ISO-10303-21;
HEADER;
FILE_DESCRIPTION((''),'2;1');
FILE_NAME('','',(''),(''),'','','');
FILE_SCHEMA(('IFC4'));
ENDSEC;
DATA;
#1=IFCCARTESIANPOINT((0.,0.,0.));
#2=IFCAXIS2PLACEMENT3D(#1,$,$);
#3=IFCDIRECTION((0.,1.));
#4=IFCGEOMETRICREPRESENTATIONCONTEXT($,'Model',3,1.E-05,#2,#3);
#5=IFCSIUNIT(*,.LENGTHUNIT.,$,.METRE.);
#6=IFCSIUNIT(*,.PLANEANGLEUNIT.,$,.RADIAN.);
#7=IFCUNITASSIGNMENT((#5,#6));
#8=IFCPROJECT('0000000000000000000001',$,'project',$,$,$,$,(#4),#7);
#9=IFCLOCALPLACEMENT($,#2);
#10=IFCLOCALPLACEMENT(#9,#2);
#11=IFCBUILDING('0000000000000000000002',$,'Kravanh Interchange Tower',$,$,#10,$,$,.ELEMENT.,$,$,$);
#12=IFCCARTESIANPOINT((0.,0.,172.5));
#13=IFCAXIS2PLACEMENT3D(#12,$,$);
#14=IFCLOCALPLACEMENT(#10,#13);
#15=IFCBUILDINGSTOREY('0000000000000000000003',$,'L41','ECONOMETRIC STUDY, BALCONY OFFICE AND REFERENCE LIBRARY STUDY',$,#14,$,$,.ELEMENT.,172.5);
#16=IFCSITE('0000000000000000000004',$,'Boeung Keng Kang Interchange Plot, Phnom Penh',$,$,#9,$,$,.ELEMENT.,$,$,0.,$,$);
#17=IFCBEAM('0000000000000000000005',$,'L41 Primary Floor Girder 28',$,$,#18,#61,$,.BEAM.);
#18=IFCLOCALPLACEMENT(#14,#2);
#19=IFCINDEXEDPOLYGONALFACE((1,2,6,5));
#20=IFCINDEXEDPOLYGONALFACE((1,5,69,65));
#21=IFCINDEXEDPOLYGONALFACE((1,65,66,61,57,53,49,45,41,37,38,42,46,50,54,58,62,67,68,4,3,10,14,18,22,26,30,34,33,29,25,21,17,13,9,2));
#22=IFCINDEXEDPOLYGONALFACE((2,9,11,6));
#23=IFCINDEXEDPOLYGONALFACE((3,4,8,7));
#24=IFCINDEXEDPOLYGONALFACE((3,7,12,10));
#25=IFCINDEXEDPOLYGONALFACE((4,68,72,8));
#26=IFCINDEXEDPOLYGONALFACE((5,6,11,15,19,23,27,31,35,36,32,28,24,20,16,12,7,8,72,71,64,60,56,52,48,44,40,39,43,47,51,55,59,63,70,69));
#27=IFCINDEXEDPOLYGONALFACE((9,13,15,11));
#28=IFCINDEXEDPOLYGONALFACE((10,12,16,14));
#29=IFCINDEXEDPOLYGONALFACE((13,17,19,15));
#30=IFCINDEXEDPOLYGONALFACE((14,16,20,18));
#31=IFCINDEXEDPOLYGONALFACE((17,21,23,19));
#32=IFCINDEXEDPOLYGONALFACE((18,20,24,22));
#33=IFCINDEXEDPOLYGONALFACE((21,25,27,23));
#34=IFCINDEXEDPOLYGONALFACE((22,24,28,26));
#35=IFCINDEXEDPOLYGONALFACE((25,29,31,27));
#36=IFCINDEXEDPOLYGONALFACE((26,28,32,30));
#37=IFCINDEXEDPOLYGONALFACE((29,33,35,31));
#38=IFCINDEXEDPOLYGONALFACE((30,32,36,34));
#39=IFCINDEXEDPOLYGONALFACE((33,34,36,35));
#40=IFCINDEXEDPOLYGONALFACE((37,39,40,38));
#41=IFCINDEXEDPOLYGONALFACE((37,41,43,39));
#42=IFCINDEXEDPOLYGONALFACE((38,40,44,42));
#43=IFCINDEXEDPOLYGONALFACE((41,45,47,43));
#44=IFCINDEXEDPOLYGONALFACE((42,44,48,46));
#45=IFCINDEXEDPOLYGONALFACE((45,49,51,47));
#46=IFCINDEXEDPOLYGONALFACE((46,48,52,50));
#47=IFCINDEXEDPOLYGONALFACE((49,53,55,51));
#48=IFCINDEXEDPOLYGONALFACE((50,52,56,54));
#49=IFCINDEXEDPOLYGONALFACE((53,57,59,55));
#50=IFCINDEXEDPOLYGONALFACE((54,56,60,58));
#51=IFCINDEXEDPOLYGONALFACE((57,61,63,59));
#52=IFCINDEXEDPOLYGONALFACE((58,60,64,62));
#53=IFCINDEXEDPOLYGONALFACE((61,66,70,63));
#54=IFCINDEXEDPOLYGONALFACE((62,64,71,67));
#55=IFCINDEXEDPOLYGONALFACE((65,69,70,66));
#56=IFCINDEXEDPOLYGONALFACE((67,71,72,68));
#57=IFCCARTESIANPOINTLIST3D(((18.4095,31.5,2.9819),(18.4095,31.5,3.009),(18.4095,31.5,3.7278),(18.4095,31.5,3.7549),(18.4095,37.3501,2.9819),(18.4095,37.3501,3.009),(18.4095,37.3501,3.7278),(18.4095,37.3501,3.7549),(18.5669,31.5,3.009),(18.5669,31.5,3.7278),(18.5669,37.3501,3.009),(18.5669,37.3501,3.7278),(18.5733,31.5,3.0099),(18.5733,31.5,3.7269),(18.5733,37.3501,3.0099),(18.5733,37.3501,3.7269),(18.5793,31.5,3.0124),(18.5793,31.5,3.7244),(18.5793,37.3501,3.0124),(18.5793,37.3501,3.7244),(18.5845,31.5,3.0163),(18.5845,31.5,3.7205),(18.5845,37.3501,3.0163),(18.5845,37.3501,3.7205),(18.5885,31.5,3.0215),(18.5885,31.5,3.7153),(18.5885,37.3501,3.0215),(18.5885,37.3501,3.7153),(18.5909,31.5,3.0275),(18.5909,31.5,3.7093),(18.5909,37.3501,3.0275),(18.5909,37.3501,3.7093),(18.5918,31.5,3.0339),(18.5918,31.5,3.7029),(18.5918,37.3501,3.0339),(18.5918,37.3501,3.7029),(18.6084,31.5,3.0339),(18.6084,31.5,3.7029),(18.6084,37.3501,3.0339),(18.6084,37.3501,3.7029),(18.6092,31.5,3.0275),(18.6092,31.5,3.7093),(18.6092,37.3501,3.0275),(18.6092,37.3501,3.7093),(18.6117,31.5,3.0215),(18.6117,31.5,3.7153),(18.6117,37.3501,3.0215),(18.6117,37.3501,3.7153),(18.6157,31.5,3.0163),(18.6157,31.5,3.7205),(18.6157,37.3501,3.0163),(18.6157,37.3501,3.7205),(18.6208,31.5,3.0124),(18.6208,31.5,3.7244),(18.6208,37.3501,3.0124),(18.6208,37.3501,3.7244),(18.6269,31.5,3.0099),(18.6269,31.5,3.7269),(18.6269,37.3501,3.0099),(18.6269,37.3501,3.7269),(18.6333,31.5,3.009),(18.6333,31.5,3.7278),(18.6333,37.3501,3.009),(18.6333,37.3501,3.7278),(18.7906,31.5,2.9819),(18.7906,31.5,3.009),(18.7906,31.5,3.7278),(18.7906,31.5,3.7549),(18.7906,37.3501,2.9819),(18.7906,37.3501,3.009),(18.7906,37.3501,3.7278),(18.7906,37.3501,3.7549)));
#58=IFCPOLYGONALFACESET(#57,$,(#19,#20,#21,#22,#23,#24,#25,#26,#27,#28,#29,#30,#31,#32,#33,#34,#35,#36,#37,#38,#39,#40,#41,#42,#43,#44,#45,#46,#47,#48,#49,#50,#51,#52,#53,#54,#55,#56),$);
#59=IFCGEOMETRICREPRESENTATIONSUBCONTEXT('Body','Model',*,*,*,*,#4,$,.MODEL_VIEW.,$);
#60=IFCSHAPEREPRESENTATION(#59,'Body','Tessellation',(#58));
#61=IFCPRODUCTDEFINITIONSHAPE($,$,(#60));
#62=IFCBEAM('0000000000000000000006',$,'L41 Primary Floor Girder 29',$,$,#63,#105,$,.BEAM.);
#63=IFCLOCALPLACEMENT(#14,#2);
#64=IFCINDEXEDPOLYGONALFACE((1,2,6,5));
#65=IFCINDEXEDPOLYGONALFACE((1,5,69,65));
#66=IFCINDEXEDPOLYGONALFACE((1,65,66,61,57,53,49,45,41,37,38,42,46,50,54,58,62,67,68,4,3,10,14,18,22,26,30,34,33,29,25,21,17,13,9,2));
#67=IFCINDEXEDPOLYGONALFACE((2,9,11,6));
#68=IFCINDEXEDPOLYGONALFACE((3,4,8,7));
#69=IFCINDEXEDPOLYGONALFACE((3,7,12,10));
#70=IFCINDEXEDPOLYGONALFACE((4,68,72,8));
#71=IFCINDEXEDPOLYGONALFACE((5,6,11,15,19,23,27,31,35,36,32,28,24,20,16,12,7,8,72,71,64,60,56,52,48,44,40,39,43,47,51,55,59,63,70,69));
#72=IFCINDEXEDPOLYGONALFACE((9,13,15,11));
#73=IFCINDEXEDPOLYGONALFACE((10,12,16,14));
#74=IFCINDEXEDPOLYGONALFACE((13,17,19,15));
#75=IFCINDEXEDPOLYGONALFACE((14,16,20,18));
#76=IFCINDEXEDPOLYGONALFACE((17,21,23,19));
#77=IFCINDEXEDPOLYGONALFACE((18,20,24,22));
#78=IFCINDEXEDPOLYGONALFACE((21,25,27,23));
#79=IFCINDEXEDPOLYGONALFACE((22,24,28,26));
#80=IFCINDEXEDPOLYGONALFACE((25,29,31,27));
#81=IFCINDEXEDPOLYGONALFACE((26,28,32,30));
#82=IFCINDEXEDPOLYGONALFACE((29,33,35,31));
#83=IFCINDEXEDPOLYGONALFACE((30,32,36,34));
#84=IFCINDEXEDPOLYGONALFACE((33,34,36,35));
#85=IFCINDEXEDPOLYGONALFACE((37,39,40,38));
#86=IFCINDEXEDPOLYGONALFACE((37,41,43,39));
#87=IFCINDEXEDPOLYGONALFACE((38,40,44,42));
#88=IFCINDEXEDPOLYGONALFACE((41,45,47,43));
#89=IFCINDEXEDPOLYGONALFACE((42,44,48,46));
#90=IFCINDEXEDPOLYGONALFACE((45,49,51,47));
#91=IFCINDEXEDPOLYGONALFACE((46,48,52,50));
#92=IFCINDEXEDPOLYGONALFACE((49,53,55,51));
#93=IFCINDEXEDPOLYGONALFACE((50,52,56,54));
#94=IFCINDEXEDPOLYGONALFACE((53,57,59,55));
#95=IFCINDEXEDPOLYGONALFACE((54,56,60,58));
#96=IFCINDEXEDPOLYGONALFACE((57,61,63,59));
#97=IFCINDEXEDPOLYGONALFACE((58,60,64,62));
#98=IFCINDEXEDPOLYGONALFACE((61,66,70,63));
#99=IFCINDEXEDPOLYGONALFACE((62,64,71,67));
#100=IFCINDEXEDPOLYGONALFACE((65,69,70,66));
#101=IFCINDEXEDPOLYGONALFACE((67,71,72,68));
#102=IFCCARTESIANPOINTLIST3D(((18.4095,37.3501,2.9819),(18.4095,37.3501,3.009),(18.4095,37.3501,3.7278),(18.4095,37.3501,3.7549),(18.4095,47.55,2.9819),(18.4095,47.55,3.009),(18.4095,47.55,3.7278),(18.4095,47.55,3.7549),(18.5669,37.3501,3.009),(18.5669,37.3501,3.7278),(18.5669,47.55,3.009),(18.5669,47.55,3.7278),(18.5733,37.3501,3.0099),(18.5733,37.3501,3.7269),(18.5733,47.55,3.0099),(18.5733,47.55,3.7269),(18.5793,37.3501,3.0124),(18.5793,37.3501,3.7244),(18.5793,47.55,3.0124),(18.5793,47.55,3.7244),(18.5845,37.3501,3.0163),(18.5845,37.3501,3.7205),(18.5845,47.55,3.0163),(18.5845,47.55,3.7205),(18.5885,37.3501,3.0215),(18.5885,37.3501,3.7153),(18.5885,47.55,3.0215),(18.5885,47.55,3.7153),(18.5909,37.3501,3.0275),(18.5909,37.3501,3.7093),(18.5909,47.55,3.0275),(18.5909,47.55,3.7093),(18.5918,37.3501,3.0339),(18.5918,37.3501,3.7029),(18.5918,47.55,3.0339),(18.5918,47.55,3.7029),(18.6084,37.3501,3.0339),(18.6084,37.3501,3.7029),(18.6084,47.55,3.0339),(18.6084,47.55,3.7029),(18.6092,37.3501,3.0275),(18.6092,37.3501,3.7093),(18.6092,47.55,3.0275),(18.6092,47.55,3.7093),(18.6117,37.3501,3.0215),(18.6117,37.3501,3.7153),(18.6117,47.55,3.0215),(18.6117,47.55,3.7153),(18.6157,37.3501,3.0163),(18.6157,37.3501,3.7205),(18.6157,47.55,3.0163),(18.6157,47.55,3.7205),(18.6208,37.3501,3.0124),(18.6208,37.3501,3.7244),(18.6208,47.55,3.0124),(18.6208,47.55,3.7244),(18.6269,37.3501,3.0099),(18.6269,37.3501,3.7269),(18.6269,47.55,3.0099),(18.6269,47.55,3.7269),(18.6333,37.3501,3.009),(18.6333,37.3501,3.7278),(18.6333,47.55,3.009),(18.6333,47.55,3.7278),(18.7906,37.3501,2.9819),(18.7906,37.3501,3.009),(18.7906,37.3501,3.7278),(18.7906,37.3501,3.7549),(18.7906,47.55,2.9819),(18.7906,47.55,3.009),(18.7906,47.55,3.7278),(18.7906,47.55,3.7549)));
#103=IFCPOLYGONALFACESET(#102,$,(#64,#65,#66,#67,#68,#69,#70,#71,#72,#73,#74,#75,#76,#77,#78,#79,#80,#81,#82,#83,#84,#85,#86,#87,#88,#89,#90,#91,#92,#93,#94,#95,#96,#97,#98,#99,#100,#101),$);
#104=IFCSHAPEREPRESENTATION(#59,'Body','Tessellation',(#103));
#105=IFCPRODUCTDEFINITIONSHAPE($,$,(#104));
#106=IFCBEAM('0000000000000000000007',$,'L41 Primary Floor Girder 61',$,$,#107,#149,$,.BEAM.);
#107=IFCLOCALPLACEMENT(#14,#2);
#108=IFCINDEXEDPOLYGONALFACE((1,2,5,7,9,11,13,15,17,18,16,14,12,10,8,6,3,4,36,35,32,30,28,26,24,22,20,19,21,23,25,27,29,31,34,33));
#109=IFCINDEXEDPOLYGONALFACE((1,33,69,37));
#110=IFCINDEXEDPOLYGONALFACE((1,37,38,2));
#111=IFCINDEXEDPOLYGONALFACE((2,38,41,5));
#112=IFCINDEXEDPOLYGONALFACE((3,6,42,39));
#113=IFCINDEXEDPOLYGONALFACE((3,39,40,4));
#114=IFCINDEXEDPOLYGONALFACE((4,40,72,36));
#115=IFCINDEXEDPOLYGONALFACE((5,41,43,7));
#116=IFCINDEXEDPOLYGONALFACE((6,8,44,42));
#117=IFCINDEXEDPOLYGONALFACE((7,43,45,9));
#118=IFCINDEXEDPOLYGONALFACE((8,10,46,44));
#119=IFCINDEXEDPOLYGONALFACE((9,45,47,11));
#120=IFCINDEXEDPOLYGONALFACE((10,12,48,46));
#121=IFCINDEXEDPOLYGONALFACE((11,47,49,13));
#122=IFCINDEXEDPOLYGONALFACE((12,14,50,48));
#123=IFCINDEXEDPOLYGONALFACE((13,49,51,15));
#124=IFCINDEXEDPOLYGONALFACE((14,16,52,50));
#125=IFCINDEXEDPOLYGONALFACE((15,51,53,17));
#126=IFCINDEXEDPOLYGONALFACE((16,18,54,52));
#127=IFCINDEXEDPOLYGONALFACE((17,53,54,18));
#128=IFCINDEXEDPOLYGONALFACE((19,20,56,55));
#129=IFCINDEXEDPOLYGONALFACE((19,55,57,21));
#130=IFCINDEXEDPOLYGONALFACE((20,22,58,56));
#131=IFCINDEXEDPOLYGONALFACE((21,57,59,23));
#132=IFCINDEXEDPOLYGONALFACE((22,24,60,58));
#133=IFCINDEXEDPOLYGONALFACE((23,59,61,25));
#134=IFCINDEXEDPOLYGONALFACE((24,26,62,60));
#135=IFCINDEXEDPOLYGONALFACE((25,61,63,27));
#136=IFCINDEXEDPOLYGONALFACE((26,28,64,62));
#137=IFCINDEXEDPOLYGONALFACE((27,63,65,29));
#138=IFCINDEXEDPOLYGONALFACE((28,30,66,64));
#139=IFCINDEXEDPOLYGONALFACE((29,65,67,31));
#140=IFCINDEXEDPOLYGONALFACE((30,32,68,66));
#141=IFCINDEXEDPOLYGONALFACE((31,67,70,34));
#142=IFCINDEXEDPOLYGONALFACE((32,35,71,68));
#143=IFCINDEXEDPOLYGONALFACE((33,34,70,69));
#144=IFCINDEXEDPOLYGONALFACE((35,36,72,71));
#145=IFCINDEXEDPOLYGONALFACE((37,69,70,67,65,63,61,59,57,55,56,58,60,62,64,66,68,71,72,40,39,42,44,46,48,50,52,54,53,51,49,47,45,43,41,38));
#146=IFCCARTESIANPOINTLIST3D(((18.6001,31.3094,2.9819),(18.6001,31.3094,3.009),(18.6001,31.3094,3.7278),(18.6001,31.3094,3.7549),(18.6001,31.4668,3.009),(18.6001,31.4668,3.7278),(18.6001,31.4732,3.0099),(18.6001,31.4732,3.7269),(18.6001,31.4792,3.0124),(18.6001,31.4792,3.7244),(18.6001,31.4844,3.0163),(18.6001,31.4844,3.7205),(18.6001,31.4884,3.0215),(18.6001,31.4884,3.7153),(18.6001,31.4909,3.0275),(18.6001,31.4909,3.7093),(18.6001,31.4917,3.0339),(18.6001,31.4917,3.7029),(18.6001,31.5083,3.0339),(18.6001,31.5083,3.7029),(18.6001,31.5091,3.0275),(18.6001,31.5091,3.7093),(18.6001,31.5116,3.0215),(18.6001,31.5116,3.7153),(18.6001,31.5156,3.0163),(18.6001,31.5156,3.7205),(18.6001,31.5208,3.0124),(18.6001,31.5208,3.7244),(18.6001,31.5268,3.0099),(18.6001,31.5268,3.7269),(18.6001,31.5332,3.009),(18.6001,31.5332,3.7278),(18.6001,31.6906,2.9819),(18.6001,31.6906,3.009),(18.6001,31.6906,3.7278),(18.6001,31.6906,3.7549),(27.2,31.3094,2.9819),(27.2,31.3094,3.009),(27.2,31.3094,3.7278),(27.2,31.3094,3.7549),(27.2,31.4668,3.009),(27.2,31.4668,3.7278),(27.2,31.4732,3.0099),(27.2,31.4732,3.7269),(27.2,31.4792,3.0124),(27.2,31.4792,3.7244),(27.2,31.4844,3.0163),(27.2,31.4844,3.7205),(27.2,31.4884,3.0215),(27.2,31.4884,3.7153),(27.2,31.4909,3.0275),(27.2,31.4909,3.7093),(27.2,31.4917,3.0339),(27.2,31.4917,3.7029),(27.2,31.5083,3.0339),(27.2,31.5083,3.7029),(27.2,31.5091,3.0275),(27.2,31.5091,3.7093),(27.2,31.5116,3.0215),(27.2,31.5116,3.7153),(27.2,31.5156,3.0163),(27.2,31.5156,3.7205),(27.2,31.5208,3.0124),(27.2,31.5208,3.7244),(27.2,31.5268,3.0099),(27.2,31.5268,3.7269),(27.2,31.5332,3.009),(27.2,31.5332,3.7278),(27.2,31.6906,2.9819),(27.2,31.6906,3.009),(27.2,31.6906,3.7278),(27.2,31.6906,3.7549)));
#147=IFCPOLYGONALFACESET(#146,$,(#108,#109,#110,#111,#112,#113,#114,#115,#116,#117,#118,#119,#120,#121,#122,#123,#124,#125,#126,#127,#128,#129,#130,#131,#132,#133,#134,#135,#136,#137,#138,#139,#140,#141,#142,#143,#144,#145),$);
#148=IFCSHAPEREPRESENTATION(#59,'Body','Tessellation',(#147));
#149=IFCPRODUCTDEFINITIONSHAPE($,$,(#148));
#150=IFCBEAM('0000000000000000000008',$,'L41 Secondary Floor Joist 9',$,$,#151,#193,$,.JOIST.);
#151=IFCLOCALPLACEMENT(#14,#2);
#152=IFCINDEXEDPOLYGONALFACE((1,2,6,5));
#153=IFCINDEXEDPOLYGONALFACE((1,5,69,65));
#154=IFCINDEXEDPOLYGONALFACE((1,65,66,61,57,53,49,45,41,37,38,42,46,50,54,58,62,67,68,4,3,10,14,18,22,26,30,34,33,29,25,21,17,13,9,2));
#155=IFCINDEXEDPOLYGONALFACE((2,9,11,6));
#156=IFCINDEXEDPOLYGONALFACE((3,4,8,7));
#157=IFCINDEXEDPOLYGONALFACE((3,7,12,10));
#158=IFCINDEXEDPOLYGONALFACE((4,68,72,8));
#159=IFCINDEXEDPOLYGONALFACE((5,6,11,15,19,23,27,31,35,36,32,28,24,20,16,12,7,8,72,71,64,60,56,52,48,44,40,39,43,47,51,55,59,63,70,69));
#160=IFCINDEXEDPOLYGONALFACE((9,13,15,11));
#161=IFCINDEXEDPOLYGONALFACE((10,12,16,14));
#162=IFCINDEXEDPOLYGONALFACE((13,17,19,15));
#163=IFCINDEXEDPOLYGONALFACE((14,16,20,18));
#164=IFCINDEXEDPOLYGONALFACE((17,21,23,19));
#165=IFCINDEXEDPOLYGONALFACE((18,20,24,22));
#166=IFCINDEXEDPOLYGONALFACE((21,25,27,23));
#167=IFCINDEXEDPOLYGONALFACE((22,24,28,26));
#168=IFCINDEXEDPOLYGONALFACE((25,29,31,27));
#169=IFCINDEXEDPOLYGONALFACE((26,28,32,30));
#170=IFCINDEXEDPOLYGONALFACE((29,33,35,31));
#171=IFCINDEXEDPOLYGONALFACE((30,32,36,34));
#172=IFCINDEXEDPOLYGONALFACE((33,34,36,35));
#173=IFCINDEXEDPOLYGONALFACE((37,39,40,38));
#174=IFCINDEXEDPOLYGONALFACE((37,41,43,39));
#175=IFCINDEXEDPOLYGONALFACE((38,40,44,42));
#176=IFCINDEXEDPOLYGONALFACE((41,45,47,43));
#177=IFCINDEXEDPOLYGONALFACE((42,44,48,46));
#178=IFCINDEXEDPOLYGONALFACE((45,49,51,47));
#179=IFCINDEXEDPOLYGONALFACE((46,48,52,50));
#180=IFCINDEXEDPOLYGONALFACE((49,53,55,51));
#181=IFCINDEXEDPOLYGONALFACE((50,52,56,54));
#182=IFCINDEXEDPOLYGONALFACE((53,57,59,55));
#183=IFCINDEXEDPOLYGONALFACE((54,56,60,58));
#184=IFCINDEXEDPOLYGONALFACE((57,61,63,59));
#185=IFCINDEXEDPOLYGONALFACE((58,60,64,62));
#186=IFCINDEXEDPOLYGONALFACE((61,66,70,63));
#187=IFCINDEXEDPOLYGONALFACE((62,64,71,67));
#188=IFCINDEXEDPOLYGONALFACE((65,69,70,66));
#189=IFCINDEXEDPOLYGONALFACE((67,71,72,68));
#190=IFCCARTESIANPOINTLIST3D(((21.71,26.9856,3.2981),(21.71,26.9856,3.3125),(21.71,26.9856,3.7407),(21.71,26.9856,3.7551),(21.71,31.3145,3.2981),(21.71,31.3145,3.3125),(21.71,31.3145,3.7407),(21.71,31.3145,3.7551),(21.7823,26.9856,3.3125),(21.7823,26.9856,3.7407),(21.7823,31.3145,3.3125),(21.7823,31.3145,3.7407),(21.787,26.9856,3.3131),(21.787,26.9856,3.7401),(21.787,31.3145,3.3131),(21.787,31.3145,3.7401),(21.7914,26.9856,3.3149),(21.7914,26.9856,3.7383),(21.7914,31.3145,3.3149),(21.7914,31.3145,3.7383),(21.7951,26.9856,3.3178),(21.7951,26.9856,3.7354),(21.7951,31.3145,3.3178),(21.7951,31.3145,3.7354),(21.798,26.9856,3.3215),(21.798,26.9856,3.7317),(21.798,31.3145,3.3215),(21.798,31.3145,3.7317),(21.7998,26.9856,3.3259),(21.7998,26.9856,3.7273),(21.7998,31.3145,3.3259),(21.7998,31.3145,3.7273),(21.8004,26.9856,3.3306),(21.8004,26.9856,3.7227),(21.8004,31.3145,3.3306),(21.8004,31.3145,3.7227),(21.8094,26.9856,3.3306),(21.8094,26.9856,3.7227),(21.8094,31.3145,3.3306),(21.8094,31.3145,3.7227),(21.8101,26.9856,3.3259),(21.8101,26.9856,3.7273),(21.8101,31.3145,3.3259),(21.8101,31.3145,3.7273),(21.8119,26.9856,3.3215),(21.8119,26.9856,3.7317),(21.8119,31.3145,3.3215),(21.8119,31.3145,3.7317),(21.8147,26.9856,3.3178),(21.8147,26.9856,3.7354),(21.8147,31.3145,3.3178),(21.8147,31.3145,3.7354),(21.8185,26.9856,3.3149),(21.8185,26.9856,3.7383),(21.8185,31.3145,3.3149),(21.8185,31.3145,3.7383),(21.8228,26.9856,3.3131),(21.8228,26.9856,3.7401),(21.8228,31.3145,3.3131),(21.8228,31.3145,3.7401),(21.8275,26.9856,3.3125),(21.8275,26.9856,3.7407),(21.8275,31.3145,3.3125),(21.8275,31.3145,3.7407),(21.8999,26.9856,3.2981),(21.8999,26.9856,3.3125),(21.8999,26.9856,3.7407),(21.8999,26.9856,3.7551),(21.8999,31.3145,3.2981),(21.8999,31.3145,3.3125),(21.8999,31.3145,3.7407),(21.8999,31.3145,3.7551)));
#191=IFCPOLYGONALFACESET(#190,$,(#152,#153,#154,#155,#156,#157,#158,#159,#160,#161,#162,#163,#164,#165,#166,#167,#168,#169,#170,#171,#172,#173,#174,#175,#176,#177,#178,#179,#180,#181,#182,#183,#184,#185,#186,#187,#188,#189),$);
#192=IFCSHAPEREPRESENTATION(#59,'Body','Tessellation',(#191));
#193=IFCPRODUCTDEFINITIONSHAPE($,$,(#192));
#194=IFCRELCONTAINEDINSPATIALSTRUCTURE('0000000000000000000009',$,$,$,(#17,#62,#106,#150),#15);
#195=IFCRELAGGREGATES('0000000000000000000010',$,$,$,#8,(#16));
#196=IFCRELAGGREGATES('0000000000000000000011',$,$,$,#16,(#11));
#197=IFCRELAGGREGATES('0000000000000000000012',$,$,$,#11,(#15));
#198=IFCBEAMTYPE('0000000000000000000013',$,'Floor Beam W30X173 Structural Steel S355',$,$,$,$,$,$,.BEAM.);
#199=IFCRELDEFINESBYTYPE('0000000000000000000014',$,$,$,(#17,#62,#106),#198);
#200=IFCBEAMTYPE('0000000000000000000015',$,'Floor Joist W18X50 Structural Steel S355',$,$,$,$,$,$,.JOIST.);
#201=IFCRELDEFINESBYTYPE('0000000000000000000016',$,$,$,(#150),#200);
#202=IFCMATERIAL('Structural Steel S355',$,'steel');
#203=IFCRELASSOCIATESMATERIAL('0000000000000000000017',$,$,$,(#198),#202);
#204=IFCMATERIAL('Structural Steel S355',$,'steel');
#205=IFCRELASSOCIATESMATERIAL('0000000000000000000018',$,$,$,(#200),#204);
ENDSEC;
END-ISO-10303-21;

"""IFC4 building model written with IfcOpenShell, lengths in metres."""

from ifc_helpers import new_model, si_unit, direction, frame, origin, origin_2d, place, context, subcontext, project, spatial, i_section, extrude, material, material_profile, profile_set, type_object, element, save


model = new_model("IFC4")

# Units and contexts
model_context = context("Model", 3, precision=1e-05, world=origin(), true_north=direction((0.0, 1.0)))
body_context = subcontext(model_context, "Body", "Model", "MODEL_VIEW")
ifc_project = project(units=[si_unit("LENGTHUNIT", "METRE"), si_unit("PLANEANGLEUNIT", "RADIAN")], contexts=[model_context])

# Site, building, storey
site_placement = place(None, origin())
site = spatial("IfcSite", under=ifc_project, at=site_placement, Name="Boeung Keng Kang Interchange Plot, Phnom Penh", CompositionType="ELEMENT", RefElevation=0.0)
building_placement = place(site_placement, origin())
building = spatial("IfcBuilding", under=site, at=building_placement, Name="Kravanh Interchange Tower", CompositionType="ELEMENT")
storey_placement = place(building_placement, frame((0.0, 0.0, 172.5)))
storey = spatial("IfcBuildingStorey", under=building, at=storey_placement, Name="L41", Description="ECONOMETRIC STUDY, BALCONY OFFICE AND REFERENCE LIBRARY STUDY", CompositionType="ELEMENT", Elevation=172.5)

# Beams
ifc_material_1 = material(Name="Structural Steel S355", Category="steel")
ifc_material_profile_1 = material_profile(ifc_material_1, i_section(OverallWidth=0.3811, OverallDepth=0.7729, WebThickness=0.0166, FlangeThickness=0.0271, FilletRadius=0.0249, at=origin_2d()), Name="W30X173")
ifc_profile_set_1 = profile_set([ifc_material_profile_1], Name="Structural Steel S355")
beam_type_1 = type_object("IfcBeamType", Name="Floor Beam W30X173 Structural Steel S355", PredefinedType="BEAM", material=ifc_profile_set_1)
beam_1_placement = place(storey_placement, frame((18.6001, 37.3501, 3.3684), z_axis=(0.0, -1.0, 0.0), x_axis=(1.0, 0.0, 0.0)))
element("IfcBeam", 1, at=beam_1_placement, inside=storey, type_object=beam_type_1, Name="L41 Primary Floor Girder 28", PredefinedType="BEAM", context=body_context, shape_type="SweptSolid", body=[
    extrude(i_section(OverallWidth=0.3811, OverallDepth=0.7729, WebThickness=0.0166, FlangeThickness=0.0271, FilletRadius=0.0249, at=origin_2d()), origin(), (0.0, 0.0, 1.0), 5.8501),
])
beam_2_placement = place(storey_placement, frame((18.6001, 37.3501, 3.3684), z_axis=(0.0, 1.0, 0.0), x_axis=(-1.0, 0.0, 0.0)))
element("IfcBeam", 2, at=beam_2_placement, inside=storey, type_object=beam_type_1, Name="L41 Primary Floor Girder 29", PredefinedType="BEAM", context=body_context, shape_type="SweptSolid", body=[
    extrude(i_section(OverallWidth=0.3811, OverallDepth=0.7729, WebThickness=0.0166, FlangeThickness=0.0271, FilletRadius=0.0249, at=origin_2d()), origin(), (0.0, 0.0, 1.0), 10.2),
])
beam_3_placement = place(storey_placement, frame((18.6001, 31.5, 3.3684), z_axis=(1.0, 0.0, 0.0), x_axis=(0.0, 1.0, 0.0)))
element("IfcBeam", 3, at=beam_3_placement, inside=storey, type_object=beam_type_1, Name="L41 Primary Floor Girder 61", PredefinedType="BEAM", context=body_context, shape_type="SweptSolid", body=[
    extrude(i_section(OverallWidth=0.3811, OverallDepth=0.7729, WebThickness=0.0166, FlangeThickness=0.0271, FilletRadius=0.0249, at=origin_2d()), origin(), (0.0, 0.0, 1.0), 8.5999),
])
ifc_material_2 = material(Name="Structural Steel S355", Category="steel")
ifc_material_profile_2 = material_profile(ifc_material_2, i_section(OverallWidth=0.1899, OverallDepth=0.457, WebThickness=0.009, FlangeThickness=0.0144, FilletRadius=0.0181, at=origin_2d()), Name="W18X50")
ifc_profile_set_2 = profile_set([ifc_material_profile_2], Name="Structural Steel S355")
beam_type_2 = type_object("IfcBeamType", Name="Floor Joist W18X50 Structural Steel S355", PredefinedType="JOIST", material=ifc_profile_set_2)
beam_4_placement = place(storey_placement, frame((21.8049, 26.9856, 3.5266), z_axis=(0.0, 1.0, 0.0), x_axis=(-1.0, 0.0, 0.0)))
element("IfcBeam", 4, at=beam_4_placement, inside=storey, type_object=beam_type_2, Name="L41 Secondary Floor Joist 9", PredefinedType="JOIST", context=body_context, shape_type="SweptSolid", body=[
    extrude(i_section(OverallWidth=0.1899, OverallDepth=0.457, WebThickness=0.009, FlangeThickness=0.0144, FilletRadius=0.0181, at=origin_2d()), origin(), (0.0, 0.0, 1.0), 4.3289),
])

save(model, "model.ifc")
